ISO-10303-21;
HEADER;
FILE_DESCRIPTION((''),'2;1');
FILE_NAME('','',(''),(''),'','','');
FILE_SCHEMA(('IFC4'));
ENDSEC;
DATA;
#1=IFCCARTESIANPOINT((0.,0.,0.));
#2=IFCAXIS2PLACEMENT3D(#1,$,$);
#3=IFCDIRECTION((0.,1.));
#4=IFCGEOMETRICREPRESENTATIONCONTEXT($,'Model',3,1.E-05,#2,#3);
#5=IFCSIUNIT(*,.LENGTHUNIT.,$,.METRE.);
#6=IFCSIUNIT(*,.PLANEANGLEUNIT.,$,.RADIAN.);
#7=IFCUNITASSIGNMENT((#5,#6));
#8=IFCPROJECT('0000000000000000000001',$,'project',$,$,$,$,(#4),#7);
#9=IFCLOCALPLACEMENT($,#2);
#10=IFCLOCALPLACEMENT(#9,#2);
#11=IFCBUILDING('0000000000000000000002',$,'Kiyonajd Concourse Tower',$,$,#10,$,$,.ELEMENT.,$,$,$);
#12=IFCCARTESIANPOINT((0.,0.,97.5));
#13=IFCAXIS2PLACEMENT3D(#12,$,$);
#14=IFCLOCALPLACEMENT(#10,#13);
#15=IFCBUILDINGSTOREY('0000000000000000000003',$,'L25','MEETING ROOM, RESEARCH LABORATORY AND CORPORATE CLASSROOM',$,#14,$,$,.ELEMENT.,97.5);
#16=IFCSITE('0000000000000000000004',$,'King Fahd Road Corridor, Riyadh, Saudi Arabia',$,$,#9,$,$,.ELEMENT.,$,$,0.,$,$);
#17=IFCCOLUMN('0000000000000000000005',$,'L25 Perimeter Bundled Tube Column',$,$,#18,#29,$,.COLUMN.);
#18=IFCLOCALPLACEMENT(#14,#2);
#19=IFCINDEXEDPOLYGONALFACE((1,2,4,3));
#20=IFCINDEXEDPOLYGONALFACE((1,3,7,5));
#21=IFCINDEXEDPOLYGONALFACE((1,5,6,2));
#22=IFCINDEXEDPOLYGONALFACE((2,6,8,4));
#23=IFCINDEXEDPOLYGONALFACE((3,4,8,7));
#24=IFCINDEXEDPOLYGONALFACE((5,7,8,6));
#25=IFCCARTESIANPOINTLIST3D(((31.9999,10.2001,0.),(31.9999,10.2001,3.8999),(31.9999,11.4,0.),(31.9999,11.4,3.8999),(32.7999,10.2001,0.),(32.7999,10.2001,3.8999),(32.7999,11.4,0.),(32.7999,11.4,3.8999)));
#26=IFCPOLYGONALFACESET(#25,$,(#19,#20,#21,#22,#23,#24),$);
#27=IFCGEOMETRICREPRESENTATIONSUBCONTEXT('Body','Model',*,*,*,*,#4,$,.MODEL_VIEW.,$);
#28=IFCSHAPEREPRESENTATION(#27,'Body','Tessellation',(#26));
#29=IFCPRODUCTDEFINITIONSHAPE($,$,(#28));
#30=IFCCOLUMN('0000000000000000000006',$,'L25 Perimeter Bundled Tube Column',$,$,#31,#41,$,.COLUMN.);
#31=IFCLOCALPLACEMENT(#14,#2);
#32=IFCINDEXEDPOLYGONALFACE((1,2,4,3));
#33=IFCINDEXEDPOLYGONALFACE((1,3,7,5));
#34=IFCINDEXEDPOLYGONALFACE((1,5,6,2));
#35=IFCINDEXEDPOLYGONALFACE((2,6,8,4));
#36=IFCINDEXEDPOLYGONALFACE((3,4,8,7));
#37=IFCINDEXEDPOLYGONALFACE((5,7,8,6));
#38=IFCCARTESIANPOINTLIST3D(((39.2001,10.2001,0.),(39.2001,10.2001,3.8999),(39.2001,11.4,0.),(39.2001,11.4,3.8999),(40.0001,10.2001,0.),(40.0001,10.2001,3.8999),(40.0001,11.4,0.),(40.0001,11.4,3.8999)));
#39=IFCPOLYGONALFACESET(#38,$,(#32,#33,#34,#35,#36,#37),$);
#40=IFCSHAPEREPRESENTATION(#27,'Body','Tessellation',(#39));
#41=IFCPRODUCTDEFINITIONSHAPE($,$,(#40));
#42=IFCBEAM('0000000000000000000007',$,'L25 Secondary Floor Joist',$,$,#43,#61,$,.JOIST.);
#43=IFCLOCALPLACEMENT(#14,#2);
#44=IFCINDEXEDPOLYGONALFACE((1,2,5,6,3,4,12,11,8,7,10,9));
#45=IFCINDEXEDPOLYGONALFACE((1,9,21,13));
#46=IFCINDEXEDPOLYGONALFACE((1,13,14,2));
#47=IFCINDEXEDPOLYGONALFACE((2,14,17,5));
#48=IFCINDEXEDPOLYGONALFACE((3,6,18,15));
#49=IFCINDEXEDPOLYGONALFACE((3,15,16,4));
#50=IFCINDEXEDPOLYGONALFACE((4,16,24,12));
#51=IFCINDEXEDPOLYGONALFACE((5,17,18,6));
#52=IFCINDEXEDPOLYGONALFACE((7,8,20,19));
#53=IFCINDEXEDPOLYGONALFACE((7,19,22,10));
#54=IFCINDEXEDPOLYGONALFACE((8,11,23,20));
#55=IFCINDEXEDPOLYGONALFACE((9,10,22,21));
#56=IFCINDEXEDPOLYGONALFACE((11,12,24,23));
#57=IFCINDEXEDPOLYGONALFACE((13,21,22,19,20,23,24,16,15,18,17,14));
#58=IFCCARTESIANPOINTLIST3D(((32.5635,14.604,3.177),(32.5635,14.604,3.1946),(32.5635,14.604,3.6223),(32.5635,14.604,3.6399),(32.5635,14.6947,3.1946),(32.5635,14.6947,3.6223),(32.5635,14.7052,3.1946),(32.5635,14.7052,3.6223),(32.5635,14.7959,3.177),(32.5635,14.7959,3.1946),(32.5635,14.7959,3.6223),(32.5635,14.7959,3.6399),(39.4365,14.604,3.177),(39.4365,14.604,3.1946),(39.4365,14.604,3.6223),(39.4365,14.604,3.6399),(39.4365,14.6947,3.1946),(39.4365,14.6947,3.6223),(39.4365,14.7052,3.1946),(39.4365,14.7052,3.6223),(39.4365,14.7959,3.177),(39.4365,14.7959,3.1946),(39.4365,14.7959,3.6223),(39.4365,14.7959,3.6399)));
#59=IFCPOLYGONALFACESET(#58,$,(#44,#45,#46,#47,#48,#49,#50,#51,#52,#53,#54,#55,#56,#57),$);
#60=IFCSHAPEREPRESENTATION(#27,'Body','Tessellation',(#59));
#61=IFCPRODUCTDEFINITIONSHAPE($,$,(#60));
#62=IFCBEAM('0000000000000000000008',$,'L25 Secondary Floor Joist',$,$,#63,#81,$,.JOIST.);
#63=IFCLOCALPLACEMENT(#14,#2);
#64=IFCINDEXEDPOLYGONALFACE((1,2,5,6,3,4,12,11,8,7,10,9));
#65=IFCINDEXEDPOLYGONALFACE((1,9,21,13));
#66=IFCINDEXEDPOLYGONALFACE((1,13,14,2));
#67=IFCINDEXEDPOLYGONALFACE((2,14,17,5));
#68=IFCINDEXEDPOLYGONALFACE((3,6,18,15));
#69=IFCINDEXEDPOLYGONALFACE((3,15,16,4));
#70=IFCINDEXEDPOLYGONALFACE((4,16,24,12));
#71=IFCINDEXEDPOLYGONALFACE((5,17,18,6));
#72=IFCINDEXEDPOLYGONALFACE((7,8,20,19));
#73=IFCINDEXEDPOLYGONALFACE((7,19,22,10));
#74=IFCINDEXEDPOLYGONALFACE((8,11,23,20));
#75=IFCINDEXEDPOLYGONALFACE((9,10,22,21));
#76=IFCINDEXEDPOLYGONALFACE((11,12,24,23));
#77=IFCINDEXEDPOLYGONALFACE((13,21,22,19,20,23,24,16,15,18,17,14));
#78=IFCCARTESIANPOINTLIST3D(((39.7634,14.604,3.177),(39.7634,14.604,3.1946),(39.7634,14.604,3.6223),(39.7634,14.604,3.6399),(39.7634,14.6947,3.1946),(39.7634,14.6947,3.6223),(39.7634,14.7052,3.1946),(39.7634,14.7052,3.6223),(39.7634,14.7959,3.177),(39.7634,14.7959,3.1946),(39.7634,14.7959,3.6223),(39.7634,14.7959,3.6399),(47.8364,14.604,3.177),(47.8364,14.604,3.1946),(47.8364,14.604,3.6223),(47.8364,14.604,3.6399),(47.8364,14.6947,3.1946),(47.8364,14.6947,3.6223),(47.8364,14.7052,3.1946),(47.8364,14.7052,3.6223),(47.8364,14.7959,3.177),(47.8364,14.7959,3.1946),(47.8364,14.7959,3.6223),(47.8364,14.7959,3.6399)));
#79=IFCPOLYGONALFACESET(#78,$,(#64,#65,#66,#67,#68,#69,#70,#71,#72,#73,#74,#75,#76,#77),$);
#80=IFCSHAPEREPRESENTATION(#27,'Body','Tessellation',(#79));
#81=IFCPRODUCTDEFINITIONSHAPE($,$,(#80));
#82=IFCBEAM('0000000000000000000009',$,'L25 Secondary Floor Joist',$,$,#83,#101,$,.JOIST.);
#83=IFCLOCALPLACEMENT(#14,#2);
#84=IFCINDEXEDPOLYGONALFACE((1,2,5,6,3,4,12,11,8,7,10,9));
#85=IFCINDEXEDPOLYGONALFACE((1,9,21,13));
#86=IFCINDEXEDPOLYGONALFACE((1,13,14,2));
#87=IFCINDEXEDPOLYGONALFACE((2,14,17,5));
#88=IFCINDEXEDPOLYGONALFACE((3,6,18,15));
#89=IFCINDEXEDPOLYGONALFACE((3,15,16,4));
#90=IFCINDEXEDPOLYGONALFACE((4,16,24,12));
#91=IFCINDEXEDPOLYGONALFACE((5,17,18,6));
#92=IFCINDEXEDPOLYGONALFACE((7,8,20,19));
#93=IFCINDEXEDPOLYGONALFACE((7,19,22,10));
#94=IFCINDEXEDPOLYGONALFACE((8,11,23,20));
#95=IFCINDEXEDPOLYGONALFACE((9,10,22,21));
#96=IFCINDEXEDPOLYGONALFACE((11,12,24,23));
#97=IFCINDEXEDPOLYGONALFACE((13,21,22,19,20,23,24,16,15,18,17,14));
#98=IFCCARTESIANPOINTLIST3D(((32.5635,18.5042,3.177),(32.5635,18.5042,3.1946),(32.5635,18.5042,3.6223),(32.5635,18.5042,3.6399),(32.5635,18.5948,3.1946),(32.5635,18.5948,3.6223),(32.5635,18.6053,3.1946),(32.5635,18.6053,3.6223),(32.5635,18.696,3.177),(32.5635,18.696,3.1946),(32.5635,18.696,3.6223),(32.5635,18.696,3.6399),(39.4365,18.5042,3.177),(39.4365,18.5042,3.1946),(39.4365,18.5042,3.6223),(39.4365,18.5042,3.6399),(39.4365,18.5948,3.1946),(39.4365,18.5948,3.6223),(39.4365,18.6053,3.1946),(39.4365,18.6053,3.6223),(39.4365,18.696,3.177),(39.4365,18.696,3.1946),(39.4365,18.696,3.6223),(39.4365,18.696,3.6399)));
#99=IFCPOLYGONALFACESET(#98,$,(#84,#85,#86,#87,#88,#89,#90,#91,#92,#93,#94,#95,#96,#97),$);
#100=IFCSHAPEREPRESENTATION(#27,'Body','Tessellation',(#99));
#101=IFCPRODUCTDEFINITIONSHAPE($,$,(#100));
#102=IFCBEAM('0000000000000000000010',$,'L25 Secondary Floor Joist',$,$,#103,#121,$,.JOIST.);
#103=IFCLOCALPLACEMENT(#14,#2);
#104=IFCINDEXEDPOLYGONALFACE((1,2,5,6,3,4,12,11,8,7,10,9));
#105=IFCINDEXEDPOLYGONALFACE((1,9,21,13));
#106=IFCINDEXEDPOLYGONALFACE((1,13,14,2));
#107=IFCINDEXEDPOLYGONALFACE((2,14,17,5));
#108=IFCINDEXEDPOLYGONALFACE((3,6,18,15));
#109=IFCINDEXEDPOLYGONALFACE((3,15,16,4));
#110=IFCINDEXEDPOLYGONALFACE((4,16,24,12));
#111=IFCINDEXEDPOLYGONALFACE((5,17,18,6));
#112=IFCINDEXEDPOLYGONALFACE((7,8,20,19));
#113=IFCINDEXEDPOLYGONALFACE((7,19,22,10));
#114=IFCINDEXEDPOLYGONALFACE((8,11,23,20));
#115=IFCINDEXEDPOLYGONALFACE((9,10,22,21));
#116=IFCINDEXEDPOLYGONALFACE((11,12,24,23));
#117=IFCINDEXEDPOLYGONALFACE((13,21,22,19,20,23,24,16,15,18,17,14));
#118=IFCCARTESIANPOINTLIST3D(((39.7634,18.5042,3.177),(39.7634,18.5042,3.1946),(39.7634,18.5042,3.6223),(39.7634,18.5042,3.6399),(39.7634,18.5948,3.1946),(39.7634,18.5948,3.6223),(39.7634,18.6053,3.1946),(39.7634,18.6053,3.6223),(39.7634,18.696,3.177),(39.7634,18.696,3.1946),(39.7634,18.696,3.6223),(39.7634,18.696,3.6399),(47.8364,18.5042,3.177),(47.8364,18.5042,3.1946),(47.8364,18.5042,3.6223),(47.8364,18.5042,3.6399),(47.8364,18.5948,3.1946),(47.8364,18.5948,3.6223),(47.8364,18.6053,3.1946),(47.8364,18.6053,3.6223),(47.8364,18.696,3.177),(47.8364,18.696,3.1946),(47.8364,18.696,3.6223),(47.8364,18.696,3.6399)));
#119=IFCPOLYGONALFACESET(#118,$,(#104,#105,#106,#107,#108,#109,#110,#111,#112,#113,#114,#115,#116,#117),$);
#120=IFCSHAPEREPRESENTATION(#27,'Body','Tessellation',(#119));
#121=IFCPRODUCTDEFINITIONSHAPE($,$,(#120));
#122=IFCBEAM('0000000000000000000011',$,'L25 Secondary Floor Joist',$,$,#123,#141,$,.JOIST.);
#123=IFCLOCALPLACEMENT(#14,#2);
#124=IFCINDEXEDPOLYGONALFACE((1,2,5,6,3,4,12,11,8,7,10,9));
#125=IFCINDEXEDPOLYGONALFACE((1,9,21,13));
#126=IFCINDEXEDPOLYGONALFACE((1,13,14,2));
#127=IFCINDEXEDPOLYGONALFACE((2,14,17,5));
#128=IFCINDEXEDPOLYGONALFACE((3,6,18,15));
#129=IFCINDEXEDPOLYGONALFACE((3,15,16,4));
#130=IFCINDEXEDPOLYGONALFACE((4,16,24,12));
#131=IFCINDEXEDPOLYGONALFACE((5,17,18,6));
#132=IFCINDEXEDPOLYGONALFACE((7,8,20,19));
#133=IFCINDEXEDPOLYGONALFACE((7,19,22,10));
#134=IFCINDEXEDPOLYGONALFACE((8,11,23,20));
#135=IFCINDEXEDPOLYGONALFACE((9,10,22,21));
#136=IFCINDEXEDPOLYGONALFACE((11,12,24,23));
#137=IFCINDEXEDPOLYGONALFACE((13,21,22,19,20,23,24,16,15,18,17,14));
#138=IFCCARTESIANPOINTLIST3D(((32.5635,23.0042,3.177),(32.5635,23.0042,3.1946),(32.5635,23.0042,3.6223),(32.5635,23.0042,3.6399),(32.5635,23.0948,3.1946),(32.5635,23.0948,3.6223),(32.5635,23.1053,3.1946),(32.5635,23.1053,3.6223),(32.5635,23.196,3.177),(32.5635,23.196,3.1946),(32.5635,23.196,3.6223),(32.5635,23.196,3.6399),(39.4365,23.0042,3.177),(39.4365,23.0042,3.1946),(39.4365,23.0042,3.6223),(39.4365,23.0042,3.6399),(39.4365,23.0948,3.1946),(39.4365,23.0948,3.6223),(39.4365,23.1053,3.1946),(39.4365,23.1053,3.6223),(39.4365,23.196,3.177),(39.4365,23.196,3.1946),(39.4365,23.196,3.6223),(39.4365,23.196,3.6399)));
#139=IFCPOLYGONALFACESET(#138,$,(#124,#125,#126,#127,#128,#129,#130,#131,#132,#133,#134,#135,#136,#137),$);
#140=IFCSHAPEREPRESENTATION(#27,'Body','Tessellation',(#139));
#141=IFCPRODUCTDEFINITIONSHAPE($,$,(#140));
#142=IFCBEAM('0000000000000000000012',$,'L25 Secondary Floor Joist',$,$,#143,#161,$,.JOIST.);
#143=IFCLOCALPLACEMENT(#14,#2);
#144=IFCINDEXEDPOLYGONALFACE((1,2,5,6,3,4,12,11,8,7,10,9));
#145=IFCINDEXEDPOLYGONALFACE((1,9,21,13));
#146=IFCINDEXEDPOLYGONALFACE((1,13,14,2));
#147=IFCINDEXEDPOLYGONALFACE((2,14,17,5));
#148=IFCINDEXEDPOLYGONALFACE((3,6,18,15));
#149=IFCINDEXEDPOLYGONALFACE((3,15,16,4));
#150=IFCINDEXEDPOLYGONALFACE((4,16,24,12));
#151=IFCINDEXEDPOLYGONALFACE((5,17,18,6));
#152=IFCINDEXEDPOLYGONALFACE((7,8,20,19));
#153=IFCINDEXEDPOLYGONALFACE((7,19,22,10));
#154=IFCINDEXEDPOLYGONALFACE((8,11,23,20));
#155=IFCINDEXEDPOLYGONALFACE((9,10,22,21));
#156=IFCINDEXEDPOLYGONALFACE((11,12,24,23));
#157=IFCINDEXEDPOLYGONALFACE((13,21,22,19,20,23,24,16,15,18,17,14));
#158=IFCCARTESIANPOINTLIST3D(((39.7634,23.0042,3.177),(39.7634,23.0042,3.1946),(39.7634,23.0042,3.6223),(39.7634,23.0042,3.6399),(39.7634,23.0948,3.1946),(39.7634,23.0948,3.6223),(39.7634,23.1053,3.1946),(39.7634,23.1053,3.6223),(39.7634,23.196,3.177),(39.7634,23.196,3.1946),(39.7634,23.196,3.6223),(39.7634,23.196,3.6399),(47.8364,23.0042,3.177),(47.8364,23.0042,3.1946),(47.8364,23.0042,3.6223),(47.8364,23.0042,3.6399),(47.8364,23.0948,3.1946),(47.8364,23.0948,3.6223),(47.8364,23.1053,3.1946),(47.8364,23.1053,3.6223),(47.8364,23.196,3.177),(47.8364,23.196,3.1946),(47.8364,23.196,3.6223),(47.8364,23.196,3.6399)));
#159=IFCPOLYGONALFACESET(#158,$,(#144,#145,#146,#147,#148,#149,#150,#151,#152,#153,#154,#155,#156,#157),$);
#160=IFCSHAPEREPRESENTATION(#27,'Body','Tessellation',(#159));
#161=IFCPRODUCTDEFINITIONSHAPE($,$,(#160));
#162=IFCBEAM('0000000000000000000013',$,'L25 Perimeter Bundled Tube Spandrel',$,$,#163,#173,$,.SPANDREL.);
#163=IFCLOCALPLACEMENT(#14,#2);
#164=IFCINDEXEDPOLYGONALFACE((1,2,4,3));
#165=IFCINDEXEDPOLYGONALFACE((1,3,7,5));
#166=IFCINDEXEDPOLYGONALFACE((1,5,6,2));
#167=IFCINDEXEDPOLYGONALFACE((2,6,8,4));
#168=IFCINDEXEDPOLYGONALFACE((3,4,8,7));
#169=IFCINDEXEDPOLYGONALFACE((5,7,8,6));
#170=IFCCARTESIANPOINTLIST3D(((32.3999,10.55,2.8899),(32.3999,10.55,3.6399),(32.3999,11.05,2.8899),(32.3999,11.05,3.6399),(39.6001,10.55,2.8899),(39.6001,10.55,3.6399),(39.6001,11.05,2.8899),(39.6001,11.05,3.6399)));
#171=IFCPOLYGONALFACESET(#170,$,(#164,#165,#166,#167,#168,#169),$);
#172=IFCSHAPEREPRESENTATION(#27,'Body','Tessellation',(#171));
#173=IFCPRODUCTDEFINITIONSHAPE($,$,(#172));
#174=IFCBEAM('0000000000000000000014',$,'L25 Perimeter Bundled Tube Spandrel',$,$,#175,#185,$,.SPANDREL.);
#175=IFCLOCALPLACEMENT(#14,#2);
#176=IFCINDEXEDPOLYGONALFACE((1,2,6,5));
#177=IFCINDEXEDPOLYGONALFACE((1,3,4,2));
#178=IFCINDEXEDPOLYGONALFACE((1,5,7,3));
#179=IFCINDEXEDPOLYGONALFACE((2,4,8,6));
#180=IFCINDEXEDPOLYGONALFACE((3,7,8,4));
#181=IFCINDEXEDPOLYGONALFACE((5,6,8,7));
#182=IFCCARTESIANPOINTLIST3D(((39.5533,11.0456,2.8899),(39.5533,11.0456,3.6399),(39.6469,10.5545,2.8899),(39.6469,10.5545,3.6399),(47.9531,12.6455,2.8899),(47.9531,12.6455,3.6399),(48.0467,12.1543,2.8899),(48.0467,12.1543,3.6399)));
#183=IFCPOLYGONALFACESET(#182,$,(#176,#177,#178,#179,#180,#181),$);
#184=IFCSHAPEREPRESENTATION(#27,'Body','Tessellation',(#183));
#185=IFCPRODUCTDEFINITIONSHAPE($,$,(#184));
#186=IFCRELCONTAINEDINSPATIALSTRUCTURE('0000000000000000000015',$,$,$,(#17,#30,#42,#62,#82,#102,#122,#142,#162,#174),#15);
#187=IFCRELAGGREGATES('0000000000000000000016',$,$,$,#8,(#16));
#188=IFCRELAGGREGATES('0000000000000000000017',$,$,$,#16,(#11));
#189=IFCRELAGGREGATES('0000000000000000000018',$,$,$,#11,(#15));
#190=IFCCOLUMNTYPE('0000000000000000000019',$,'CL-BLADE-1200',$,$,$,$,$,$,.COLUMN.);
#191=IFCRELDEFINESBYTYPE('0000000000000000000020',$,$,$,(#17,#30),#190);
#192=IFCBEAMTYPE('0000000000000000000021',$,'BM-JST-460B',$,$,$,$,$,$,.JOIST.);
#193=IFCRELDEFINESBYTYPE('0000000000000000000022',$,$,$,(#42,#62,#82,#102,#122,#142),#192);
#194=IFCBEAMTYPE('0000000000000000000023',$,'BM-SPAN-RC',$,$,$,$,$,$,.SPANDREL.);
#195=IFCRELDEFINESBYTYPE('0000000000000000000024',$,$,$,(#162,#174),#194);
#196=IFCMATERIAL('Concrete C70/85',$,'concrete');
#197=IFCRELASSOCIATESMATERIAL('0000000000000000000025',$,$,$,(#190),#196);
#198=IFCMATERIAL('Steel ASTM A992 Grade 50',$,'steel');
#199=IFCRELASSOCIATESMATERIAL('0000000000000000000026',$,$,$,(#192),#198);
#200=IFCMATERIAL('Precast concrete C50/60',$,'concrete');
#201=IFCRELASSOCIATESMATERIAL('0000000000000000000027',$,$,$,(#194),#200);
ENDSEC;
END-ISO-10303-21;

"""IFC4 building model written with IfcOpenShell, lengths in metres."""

from ifc_helpers import new_model, si_unit, direction, frame, origin, origin_2d, place, context, subcontext, project, spatial, rectangle, i_section, extrude, material, material_profile, profile_set, type_object, element, save


model = new_model("IFC4")

# Units and contexts
model_context = context("Model", 3, precision=1e-05, world=origin(), true_north=direction((0.0, 1.0)))
body_context = subcontext(model_context, "Body", "Model", "MODEL_VIEW")
ifc_project = project(units=[si_unit("LENGTHUNIT", "METRE"), si_unit("PLANEANGLEUNIT", "RADIAN")], contexts=[model_context])

# Site, building, storey
site_placement = place(None, origin())
site = spatial("IfcSite", under=ifc_project, at=site_placement, Name="King Fahd Road Corridor, Riyadh, Saudi Arabia", CompositionType="ELEMENT", RefElevation=0.0)
building_placement = place(site_placement, origin())
building = spatial("IfcBuilding", under=site, at=building_placement, Name="Kiyonajd Concourse Tower", CompositionType="ELEMENT")
storey_placement = place(building_placement, frame((0.0, 0.0, 97.5)))
storey = spatial("IfcBuildingStorey", under=building, at=storey_placement, Name="L25", Description="MEETING ROOM, RESEARCH LABORATORY AND CORPORATE CLASSROOM", CompositionType="ELEMENT", Elevation=97.5)

# Columns
ifc_material_1 = material(Name="Concrete C70/85", Category="concrete")
ifc_material_profile_1 = material_profile(ifc_material_1, rectangle(XDim=0.8, YDim=1.2, at=origin_2d()), Name="RC-1200x800")
ifc_profile_set_1 = profile_set([ifc_material_profile_1], Name="Concrete C70/85")
column_type = type_object("IfcColumnType", Name="CL-BLADE-1200", PredefinedType="COLUMN", material=ifc_profile_set_1)
for number, where, z_axis, x_axis, name in (
    (1, (32.3999, 10.8, 0.0), (0.0, 0.0, 1.0), (1.0, 0.0, 0.0), "L25 Perimeter Bundled Tube Column"),
    (2, (39.6001, 10.8, 0.0), (0.0, 0.0, 1.0), (1.0, 0.0, 0.0), "L25 Perimeter Bundled Tube Column"),
):
    element("IfcColumn", number, at=place(storey_placement, frame(where, z_axis=z_axis, x_axis=x_axis)), inside=storey, type_object=column_type, Name=name, PredefinedType="COLUMN", context=body_context, shape_type="SweptSolid", body=[
        extrude(rectangle(XDim=0.8, YDim=1.2, at=origin_2d()), origin(), (0.0, 0.0, 1.0), 3.8999),
    ])

# Beams
ifc_material_2 = material(Name="Steel ASTM A992 Grade 50", Category="steel")
ifc_material_profile_2 = material_profile(ifc_material_2, i_section(OverallWidth=0.1919, OverallDepth=0.4629, WebThickness=0.0105, FlangeThickness=0.0176, at=origin_2d()), Name="W460X89")
ifc_profile_set_2 = profile_set([ifc_material_profile_2], Name="Steel ASTM A992 Grade 50")
beam_type_1 = type_object("IfcBeamType", Name="BM-JST-460B", PredefinedType="JOIST", material=ifc_profile_set_2)
beam_1_placement = place(storey_placement, frame((32.5635, 14.7, 3.4084), z_axis=(1.0, 0.0, 0.0), x_axis=(0.0, 1.0, 0.0)))
element("IfcBeam", 3, at=beam_1_placement, inside=storey, type_object=beam_type_1, Name="L25 Secondary Floor Joist", PredefinedType="JOIST", context=body_context, shape_type="SweptSolid", body=[
    extrude(i_section(OverallWidth=0.1919, OverallDepth=0.4629, WebThickness=0.0105, FlangeThickness=0.0176, at=origin_2d()), origin(), (0.0, 0.0, 1.0), 6.873),
])
beam_2_placement = place(storey_placement, frame((39.7634, 14.7, 3.4084), z_axis=(1.0, 0.0, 0.0), x_axis=(0.0, 1.0, 0.0)))
element("IfcBeam", 4, at=beam_2_placement, inside=storey, type_object=beam_type_1, Name="L25 Secondary Floor Joist", PredefinedType="JOIST", context=body_context, shape_type="SweptSolid", body=[
    extrude(i_section(OverallWidth=0.1919, OverallDepth=0.4629, WebThickness=0.0105, FlangeThickness=0.0176, at=origin_2d()), origin(), (0.0, 0.0, 1.0), 8.073),
])
beam_3_placement = place(storey_placement, frame((32.5635, 18.6001, 3.4084), z_axis=(1.0, 0.0, 0.0), x_axis=(0.0, 1.0, 0.0)))
element("IfcBeam", 5, at=beam_3_placement, inside=storey, type_object=beam_type_1, Name="L25 Secondary Floor Joist", PredefinedType="JOIST", context=body_context, shape_type="SweptSolid", body=[
    extrude(i_section(OverallWidth=0.1919, OverallDepth=0.4629, WebThickness=0.0105, FlangeThickness=0.0176, at=origin_2d()), origin(), (0.0, 0.0, 1.0), 6.873),
])
beam_4_placement = place(storey_placement, frame((39.7634, 18.6001, 3.4084), z_axis=(1.0, 0.0, 0.0), x_axis=(0.0, 1.0, 0.0)))
element("IfcBeam", 6, at=beam_4_placement, inside=storey, type_object=beam_type_1, Name="L25 Secondary Floor Joist", PredefinedType="JOIST", context=body_context, shape_type="SweptSolid", body=[
    extrude(i_section(OverallWidth=0.1919, OverallDepth=0.4629, WebThickness=0.0105, FlangeThickness=0.0176, at=origin_2d()), origin(), (0.0, 0.0, 1.0), 8.073),
])
beam_5_placement = place(storey_placement, frame((32.5635, 23.1001, 3.4084), z_axis=(1.0, 0.0, 0.0), x_axis=(0.0, 1.0, 0.0)))
element("IfcBeam", 7, at=beam_5_placement, inside=storey, type_object=beam_type_1, Name="L25 Secondary Floor Joist", PredefinedType="JOIST", context=body_context, shape_type="SweptSolid", body=[
    extrude(i_section(OverallWidth=0.1919, OverallDepth=0.4629, WebThickness=0.0105, FlangeThickness=0.0176, at=origin_2d()), origin(), (0.0, 0.0, 1.0), 6.873),
])
beam_6_placement = place(storey_placement, frame((39.7634, 23.1001, 3.4084), z_axis=(1.0, 0.0, 0.0), x_axis=(0.0, 1.0, 0.0)))
element("IfcBeam", 8, at=beam_6_placement, inside=storey, type_object=beam_type_1, Name="L25 Secondary Floor Joist", PredefinedType="JOIST", context=body_context, shape_type="SweptSolid", body=[
    extrude(i_section(OverallWidth=0.1919, OverallDepth=0.4629, WebThickness=0.0105, FlangeThickness=0.0176, at=origin_2d()), origin(), (0.0, 0.0, 1.0), 8.073),
])
ifc_material_3 = material(Name="Precast concrete C50/60", Category="concrete")
ifc_material_profile_3 = material_profile(ifc_material_3, rectangle(XDim=0.5, YDim=0.75, at=origin_2d()), Name="RCBM-500x750")
ifc_profile_set_3 = profile_set([ifc_material_profile_3], Name="Precast concrete C50/60")
beam_type_2 = type_object("IfcBeamType", Name="BM-SPAN-RC", PredefinedType="SPANDREL", material=ifc_profile_set_3)
beam_7_placement = place(storey_placement, frame((32.3999, 10.8, 3.2649), z_axis=(1.0, 0.0, 0.0), x_axis=(0.0, 1.0, 0.0)))
element("IfcBeam", 9, at=beam_7_placement, inside=storey, type_object=beam_type_2, Name="L25 Perimeter Bundled Tube Spandrel", PredefinedType="SPANDREL", context=body_context, shape_type="SweptSolid", body=[
    extrude(rectangle(XDim=0.5, YDim=0.75, at=origin_2d()), origin(), (0.0, 0.0, 1.0), 7.2002),
])
beam_8_placement = place(storey_placement, frame((39.6001, 10.8, 3.2649), z_axis=(0.982341, 0.187098, 0.0), x_axis=(-0.187098, 0.982341, 0.0)))
element("IfcBeam", 10, at=beam_8_placement, inside=storey, type_object=beam_type_2, Name="L25 Perimeter Bundled Tube Spandrel", PredefinedType="SPANDREL", context=body_context, shape_type="SweptSolid", body=[
    extrude(rectangle(XDim=0.5, YDim=0.75, at=origin_2d()), origin(), (0.0, 0.0, 1.0), 8.5508),
])

save(model, "model.ifc")
